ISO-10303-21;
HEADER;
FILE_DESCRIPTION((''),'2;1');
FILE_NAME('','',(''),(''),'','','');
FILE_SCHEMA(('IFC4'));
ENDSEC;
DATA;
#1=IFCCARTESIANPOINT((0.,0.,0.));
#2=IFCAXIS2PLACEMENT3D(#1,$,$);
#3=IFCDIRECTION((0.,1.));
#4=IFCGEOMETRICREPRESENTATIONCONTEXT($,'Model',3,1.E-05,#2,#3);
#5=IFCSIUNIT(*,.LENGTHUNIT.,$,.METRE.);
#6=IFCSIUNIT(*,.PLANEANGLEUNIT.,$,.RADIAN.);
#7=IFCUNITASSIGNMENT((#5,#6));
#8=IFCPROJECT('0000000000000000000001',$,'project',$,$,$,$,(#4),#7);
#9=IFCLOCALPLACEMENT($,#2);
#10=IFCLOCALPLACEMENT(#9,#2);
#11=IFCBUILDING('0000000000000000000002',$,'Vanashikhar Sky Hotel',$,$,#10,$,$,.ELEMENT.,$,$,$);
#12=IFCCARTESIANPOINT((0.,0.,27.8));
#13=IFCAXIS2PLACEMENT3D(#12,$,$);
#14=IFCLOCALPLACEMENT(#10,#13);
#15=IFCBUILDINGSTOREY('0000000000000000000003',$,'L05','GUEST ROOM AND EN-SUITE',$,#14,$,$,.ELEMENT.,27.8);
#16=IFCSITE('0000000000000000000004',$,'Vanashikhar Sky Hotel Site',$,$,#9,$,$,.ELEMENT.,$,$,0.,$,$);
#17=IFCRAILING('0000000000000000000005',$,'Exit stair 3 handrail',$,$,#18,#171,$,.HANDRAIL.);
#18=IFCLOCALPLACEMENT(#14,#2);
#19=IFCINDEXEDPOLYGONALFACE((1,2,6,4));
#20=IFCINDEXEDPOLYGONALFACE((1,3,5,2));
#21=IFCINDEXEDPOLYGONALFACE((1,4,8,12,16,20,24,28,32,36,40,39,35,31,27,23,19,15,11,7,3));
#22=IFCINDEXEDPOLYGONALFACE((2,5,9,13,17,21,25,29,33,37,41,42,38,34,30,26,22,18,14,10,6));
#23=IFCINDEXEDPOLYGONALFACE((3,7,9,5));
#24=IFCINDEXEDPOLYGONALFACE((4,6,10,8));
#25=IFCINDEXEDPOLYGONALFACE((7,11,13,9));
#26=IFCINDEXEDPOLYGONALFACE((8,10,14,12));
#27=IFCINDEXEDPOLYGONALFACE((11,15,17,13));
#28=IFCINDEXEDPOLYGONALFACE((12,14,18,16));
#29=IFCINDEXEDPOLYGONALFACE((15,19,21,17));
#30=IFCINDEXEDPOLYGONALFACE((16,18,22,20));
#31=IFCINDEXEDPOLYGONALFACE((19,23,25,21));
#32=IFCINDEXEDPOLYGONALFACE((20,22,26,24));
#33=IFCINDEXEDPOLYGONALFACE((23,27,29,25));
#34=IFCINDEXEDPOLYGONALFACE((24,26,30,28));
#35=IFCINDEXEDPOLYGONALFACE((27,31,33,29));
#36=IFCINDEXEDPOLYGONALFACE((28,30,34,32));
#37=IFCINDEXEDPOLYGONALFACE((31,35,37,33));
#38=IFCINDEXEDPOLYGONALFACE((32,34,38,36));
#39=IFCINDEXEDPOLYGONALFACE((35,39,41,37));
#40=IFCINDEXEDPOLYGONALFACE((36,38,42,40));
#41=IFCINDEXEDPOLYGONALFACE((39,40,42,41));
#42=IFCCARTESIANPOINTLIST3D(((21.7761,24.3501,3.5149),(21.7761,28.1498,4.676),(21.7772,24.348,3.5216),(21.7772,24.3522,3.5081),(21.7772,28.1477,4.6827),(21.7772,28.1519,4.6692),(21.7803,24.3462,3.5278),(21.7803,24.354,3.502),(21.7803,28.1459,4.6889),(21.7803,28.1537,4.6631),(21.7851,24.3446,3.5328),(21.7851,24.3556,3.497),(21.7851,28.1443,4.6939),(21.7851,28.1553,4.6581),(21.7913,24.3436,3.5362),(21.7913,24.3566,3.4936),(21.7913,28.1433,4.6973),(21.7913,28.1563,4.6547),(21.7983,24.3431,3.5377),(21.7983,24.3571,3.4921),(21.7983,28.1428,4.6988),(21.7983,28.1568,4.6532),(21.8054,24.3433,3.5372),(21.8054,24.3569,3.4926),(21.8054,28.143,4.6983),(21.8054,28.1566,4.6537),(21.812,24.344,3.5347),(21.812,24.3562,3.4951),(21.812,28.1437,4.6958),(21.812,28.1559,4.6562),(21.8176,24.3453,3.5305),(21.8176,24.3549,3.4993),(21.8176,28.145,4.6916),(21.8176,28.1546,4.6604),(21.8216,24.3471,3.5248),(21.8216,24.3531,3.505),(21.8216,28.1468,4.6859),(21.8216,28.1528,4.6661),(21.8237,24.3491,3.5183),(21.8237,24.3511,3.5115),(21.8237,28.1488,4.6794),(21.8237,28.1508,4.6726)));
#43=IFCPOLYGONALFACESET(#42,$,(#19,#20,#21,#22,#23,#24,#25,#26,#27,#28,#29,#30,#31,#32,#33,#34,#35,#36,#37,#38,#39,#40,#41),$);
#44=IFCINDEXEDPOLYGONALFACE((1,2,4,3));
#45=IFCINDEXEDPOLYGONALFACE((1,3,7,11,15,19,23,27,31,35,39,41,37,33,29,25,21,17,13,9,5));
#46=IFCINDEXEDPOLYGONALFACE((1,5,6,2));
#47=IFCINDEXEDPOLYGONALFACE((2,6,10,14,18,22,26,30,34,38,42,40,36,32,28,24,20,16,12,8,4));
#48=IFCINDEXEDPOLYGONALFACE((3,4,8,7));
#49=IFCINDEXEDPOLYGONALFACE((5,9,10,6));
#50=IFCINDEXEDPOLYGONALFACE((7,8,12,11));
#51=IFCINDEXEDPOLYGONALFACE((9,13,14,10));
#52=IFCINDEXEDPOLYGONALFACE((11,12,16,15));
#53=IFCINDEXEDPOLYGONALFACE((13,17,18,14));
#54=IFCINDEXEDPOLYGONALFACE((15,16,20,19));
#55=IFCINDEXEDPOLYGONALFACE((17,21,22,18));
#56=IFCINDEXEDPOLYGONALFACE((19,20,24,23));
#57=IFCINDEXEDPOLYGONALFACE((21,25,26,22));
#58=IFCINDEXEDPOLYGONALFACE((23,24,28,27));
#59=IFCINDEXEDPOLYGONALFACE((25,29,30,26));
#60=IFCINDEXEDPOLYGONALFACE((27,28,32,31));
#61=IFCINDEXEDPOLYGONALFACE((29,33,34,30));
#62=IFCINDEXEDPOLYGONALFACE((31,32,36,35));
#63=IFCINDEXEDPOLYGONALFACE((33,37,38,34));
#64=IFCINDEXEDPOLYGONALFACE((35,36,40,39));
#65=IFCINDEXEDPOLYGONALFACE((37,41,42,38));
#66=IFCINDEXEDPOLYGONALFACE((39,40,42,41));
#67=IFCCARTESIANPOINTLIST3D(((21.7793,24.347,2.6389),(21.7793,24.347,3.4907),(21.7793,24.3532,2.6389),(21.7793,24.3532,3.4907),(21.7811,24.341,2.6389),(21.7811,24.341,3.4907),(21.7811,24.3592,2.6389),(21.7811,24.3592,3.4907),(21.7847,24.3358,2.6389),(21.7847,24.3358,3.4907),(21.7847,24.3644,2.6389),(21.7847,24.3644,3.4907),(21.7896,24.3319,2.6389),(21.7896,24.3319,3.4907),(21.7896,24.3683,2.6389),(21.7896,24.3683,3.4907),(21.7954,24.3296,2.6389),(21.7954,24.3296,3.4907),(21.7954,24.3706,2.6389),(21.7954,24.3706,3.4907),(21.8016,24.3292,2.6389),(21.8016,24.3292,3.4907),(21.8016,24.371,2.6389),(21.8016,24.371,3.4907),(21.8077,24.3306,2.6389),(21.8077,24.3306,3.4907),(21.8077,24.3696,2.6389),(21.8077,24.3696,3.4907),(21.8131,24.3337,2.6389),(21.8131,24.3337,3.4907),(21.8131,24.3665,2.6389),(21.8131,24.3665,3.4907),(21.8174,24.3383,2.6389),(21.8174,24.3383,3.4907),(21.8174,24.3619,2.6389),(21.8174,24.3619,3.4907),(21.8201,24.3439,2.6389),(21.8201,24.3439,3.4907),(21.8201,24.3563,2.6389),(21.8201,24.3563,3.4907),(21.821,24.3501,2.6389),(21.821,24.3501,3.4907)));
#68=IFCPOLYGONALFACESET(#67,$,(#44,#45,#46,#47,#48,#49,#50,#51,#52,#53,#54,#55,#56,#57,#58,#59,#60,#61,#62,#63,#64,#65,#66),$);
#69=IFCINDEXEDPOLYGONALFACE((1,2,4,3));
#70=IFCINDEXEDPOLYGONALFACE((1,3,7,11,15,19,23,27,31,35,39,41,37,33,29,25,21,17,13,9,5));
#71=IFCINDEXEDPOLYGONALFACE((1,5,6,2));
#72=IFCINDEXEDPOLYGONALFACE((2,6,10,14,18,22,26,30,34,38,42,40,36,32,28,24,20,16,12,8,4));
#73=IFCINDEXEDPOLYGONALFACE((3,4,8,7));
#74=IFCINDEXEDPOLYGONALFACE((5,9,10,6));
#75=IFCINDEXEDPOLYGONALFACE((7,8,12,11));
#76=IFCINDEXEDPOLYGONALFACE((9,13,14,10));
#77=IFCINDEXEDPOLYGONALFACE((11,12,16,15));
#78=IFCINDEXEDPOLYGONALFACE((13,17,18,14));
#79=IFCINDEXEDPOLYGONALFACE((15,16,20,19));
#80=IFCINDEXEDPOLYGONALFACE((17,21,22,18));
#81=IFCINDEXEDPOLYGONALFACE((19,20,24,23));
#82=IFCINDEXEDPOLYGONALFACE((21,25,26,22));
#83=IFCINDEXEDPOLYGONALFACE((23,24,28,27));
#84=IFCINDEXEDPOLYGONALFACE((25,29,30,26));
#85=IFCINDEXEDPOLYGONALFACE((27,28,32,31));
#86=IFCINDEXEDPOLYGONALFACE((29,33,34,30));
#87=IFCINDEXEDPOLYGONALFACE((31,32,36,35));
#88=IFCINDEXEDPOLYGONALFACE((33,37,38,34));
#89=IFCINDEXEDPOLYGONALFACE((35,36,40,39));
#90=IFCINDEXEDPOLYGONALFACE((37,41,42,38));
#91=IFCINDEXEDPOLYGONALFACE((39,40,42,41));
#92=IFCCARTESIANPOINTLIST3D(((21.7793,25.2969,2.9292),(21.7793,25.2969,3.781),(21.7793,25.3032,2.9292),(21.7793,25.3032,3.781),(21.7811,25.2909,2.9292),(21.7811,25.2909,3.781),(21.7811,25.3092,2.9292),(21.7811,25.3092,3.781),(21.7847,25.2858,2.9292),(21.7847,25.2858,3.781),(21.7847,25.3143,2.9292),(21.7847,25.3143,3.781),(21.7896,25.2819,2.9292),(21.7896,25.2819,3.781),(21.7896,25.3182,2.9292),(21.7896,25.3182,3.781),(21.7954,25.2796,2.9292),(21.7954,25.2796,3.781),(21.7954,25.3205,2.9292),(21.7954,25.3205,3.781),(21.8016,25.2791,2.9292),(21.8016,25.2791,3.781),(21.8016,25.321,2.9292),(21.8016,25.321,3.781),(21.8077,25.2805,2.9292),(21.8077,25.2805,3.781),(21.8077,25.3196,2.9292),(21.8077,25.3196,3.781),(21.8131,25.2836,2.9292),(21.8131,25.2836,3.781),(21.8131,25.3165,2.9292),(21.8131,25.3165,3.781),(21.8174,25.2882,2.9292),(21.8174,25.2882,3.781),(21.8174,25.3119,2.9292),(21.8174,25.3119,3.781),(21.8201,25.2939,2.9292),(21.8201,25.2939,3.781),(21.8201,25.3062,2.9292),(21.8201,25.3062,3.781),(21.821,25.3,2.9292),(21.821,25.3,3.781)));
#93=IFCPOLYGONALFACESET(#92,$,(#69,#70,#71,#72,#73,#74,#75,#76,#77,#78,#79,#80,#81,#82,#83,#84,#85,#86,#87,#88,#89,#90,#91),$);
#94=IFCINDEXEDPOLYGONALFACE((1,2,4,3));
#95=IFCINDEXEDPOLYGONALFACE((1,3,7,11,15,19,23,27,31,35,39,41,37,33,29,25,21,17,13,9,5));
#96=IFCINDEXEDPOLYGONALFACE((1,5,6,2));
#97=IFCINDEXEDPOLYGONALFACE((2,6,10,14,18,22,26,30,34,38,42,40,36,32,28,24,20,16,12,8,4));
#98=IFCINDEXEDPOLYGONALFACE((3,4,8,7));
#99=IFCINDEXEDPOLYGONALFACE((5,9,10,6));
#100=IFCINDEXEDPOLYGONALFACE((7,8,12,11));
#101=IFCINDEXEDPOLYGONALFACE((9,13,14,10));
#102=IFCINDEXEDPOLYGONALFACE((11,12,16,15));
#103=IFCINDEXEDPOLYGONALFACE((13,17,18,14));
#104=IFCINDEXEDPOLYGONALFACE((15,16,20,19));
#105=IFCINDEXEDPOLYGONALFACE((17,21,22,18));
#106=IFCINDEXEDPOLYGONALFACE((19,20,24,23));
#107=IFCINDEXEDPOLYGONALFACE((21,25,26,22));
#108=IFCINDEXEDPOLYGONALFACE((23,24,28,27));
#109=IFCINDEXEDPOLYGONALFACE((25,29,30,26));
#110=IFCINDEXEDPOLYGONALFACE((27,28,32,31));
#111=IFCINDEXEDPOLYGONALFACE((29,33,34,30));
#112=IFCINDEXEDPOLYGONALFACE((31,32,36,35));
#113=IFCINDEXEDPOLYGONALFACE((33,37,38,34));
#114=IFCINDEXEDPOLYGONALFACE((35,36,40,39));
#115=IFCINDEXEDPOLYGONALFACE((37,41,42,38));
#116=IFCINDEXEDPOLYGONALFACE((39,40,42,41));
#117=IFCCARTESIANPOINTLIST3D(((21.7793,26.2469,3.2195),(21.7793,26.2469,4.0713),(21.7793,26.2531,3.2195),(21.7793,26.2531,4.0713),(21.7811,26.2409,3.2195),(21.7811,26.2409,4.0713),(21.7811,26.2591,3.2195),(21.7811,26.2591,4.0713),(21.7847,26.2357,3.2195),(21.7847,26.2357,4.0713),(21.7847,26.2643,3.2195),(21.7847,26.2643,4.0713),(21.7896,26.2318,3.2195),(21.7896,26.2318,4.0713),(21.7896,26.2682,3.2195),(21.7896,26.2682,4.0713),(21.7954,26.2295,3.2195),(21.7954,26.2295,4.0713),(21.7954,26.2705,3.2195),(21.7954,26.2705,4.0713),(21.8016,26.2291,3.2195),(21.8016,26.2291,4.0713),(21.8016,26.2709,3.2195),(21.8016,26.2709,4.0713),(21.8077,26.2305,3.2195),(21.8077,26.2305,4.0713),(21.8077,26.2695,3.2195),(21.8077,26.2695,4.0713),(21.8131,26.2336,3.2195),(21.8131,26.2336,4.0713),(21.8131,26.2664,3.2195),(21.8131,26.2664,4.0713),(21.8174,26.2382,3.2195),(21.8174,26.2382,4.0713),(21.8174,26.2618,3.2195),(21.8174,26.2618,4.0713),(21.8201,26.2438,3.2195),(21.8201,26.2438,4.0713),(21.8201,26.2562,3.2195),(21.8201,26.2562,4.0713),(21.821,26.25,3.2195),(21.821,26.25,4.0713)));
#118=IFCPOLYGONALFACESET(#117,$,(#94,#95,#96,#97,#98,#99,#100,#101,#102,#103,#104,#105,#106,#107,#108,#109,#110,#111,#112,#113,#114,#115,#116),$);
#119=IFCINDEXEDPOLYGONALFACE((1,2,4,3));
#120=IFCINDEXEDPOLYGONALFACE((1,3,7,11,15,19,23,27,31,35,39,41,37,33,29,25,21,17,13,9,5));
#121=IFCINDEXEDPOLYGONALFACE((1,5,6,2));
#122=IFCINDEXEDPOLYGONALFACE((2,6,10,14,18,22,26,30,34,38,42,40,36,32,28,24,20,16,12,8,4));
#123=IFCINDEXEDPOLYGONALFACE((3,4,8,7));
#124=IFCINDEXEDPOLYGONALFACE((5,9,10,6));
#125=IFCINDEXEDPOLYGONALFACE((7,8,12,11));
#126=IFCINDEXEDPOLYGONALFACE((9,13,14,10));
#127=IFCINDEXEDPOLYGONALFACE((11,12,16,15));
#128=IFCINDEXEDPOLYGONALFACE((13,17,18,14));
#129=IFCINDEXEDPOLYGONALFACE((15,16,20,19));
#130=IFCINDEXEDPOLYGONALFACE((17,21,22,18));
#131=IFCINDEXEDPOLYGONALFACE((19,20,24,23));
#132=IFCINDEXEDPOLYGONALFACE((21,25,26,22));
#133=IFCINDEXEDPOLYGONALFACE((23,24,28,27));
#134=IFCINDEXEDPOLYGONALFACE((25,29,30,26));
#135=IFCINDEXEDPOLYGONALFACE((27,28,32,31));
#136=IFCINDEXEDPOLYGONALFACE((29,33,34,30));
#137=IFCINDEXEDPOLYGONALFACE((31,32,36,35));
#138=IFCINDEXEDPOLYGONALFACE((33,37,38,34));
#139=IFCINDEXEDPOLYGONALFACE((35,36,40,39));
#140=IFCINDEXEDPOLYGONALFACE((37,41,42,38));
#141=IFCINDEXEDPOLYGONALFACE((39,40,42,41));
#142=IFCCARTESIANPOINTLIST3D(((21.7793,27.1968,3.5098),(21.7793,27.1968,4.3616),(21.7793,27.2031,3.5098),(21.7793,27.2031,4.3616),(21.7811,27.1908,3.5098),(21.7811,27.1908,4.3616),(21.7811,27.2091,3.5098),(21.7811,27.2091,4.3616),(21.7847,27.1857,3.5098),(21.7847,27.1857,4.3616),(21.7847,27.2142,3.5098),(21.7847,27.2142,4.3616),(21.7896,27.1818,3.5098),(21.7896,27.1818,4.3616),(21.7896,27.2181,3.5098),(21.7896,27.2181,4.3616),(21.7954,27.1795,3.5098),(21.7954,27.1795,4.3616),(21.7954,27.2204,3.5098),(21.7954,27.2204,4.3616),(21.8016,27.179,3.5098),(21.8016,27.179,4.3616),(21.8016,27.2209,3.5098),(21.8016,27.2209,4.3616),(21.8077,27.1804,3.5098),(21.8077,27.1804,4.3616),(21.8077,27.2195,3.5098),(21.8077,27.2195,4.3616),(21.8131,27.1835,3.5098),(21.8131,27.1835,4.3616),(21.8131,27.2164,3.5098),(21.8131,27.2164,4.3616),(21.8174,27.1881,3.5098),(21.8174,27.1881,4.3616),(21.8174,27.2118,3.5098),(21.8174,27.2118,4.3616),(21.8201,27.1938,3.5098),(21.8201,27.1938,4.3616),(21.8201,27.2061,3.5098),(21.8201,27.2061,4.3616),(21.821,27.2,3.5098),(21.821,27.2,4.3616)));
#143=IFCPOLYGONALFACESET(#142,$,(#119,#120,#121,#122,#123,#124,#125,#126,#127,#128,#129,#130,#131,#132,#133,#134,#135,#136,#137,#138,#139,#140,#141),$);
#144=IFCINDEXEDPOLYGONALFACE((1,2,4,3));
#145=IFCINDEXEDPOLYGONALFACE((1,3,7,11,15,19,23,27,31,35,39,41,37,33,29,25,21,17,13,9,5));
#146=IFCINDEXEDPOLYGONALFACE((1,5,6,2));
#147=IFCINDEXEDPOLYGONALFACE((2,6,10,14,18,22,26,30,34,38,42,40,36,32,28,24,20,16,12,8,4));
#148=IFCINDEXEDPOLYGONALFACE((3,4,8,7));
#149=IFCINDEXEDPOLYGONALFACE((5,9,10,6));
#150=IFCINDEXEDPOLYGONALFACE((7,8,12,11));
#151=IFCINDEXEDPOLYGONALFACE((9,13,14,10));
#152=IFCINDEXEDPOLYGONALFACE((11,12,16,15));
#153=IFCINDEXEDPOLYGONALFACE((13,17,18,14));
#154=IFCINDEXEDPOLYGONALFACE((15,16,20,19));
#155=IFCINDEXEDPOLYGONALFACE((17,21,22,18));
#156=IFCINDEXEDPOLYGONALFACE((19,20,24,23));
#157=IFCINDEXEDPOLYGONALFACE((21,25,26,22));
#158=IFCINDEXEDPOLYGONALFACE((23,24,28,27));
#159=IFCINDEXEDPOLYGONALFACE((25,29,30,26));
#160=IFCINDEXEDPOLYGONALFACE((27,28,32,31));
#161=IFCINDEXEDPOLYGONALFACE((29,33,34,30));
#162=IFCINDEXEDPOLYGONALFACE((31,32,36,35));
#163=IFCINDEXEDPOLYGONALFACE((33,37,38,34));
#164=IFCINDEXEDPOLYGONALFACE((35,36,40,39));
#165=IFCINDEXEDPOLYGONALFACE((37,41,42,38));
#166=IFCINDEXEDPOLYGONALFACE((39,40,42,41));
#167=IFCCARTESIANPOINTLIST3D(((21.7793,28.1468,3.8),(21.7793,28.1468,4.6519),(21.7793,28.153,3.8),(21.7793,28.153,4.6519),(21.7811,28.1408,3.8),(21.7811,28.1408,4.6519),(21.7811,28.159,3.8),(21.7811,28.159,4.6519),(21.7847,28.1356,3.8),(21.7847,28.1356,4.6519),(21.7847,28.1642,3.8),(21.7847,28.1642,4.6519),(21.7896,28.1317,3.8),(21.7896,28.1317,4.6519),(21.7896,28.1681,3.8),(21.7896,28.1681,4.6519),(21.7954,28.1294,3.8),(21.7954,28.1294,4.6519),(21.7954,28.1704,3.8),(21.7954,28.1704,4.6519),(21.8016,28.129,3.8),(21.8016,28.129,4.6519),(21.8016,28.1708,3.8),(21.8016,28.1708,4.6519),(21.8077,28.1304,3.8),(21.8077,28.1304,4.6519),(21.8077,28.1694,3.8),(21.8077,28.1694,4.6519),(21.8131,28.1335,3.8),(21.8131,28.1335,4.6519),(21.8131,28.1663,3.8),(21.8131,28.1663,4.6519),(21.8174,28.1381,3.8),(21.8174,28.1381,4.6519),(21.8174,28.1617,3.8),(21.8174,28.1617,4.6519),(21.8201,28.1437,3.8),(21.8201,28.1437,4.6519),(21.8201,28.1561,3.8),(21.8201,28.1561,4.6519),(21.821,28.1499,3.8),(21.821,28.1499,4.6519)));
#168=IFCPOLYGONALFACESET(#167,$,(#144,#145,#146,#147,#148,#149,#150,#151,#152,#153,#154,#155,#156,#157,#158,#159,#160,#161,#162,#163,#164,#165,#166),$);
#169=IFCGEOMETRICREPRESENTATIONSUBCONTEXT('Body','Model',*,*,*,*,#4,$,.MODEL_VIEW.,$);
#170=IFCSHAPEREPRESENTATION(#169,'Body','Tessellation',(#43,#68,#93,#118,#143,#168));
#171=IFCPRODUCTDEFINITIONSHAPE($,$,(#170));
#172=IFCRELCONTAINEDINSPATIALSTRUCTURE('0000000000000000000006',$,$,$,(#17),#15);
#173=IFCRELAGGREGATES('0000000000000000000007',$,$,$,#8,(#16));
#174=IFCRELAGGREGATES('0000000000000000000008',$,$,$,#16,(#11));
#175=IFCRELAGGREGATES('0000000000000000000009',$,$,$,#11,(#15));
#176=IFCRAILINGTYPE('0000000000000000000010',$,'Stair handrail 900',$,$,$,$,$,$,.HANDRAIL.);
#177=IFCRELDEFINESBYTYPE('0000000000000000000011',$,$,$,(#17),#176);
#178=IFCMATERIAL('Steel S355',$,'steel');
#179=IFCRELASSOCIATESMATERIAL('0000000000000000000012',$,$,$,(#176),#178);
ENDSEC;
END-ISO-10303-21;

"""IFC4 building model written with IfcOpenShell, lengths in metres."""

from ifc_helpers import new_model, si_unit, direction, frame, origin, origin_2d, place, context, subcontext, project, spatial, circle, extrude, source, transform, mapped, material, type_object, element, save


model = new_model("IFC4")

# Units and contexts
model_context = context("Model", 3, precision=1e-05, world=origin(), true_north=direction((0.0, 1.0)))
body_context = subcontext(model_context, "Body", "Model", "MODEL_VIEW")
ifc_project = project(units=[si_unit("LENGTHUNIT", "METRE"), si_unit("PLANEANGLEUNIT", "RADIAN")], contexts=[model_context])

# Site, building, storey
site_placement = place(None, origin())
site = spatial("IfcSite", under=ifc_project, at=site_placement, Name="Vanashikhar Sky Hotel Site", CompositionType="ELEMENT", RefElevation=0.0)
building_placement = place(site_placement, origin())
building = spatial("IfcBuilding", under=site, at=building_placement, Name="Vanashikhar Sky Hotel", CompositionType="ELEMENT")
storey_placement = place(building_placement, frame((0.0, 0.0, 27.8)))
storey = spatial("IfcBuildingStorey", under=building, at=storey_placement, Name="L05", Description="GUEST ROOM AND EN-SUITE", CompositionType="ELEMENT", Elevation=27.8)

# Railing
ifc_material_1 = material(Name="Steel S355", Category="steel")
railing_type = type_object("IfcRailingType", Name="Stair handrail 900", PredefinedType="HANDRAIL", material=ifc_material_1)
shared_shape_1 = source(origin(), body_context, "Body", "SweptSolid", [
    extrude(circle(Radius=0.0239, at=origin_2d()), frame((0.0, 0.0, 0.876), z_axis=(0.0, 0.956346, 0.292237), x_axis=(-1.0, 0.0, 0.0)), (0.0, 0.0, 1.0), 3.9731),
    extrude(circle(Radius=0.021, at=origin_2d()), origin(), (0.0, 0.0, 1.0), 0.8518),
    extrude(circle(Radius=0.021, at=origin_2d()), frame((0.0, 0.95, 0.2903)), (0.0, 0.0, 1.0), 0.8518),
    extrude(circle(Radius=0.021, at=origin_2d()), frame((0.0, 1.8999, 0.5806)), (0.0, 0.0, 1.0), 0.8518),
    extrude(circle(Radius=0.021, at=origin_2d()), frame((0.0, 2.8499, 0.8708)), (0.0, 0.0, 1.0), 0.8518),
    extrude(circle(Radius=0.021, at=origin_2d()), frame((0.0, 3.7998, 1.1611)), (0.0, 0.0, 1.0), 0.8518),
])
for number, where, name in (
    (1, (21.8, 24.3501, 2.6389), "Exit stair 3 handrail"),
):
    element("IfcRailing", number, at=place(storey_placement, frame(where)), inside=storey, type_object=railing_type, Name=name, PredefinedType="HANDRAIL", context=body_context, shape_type="MappedRepresentation", body=[
        mapped(shared_shape_1, transform((0.0, 0.0, 0.0), scale=1.0)),
    ])

save(model, "model.ifc")
